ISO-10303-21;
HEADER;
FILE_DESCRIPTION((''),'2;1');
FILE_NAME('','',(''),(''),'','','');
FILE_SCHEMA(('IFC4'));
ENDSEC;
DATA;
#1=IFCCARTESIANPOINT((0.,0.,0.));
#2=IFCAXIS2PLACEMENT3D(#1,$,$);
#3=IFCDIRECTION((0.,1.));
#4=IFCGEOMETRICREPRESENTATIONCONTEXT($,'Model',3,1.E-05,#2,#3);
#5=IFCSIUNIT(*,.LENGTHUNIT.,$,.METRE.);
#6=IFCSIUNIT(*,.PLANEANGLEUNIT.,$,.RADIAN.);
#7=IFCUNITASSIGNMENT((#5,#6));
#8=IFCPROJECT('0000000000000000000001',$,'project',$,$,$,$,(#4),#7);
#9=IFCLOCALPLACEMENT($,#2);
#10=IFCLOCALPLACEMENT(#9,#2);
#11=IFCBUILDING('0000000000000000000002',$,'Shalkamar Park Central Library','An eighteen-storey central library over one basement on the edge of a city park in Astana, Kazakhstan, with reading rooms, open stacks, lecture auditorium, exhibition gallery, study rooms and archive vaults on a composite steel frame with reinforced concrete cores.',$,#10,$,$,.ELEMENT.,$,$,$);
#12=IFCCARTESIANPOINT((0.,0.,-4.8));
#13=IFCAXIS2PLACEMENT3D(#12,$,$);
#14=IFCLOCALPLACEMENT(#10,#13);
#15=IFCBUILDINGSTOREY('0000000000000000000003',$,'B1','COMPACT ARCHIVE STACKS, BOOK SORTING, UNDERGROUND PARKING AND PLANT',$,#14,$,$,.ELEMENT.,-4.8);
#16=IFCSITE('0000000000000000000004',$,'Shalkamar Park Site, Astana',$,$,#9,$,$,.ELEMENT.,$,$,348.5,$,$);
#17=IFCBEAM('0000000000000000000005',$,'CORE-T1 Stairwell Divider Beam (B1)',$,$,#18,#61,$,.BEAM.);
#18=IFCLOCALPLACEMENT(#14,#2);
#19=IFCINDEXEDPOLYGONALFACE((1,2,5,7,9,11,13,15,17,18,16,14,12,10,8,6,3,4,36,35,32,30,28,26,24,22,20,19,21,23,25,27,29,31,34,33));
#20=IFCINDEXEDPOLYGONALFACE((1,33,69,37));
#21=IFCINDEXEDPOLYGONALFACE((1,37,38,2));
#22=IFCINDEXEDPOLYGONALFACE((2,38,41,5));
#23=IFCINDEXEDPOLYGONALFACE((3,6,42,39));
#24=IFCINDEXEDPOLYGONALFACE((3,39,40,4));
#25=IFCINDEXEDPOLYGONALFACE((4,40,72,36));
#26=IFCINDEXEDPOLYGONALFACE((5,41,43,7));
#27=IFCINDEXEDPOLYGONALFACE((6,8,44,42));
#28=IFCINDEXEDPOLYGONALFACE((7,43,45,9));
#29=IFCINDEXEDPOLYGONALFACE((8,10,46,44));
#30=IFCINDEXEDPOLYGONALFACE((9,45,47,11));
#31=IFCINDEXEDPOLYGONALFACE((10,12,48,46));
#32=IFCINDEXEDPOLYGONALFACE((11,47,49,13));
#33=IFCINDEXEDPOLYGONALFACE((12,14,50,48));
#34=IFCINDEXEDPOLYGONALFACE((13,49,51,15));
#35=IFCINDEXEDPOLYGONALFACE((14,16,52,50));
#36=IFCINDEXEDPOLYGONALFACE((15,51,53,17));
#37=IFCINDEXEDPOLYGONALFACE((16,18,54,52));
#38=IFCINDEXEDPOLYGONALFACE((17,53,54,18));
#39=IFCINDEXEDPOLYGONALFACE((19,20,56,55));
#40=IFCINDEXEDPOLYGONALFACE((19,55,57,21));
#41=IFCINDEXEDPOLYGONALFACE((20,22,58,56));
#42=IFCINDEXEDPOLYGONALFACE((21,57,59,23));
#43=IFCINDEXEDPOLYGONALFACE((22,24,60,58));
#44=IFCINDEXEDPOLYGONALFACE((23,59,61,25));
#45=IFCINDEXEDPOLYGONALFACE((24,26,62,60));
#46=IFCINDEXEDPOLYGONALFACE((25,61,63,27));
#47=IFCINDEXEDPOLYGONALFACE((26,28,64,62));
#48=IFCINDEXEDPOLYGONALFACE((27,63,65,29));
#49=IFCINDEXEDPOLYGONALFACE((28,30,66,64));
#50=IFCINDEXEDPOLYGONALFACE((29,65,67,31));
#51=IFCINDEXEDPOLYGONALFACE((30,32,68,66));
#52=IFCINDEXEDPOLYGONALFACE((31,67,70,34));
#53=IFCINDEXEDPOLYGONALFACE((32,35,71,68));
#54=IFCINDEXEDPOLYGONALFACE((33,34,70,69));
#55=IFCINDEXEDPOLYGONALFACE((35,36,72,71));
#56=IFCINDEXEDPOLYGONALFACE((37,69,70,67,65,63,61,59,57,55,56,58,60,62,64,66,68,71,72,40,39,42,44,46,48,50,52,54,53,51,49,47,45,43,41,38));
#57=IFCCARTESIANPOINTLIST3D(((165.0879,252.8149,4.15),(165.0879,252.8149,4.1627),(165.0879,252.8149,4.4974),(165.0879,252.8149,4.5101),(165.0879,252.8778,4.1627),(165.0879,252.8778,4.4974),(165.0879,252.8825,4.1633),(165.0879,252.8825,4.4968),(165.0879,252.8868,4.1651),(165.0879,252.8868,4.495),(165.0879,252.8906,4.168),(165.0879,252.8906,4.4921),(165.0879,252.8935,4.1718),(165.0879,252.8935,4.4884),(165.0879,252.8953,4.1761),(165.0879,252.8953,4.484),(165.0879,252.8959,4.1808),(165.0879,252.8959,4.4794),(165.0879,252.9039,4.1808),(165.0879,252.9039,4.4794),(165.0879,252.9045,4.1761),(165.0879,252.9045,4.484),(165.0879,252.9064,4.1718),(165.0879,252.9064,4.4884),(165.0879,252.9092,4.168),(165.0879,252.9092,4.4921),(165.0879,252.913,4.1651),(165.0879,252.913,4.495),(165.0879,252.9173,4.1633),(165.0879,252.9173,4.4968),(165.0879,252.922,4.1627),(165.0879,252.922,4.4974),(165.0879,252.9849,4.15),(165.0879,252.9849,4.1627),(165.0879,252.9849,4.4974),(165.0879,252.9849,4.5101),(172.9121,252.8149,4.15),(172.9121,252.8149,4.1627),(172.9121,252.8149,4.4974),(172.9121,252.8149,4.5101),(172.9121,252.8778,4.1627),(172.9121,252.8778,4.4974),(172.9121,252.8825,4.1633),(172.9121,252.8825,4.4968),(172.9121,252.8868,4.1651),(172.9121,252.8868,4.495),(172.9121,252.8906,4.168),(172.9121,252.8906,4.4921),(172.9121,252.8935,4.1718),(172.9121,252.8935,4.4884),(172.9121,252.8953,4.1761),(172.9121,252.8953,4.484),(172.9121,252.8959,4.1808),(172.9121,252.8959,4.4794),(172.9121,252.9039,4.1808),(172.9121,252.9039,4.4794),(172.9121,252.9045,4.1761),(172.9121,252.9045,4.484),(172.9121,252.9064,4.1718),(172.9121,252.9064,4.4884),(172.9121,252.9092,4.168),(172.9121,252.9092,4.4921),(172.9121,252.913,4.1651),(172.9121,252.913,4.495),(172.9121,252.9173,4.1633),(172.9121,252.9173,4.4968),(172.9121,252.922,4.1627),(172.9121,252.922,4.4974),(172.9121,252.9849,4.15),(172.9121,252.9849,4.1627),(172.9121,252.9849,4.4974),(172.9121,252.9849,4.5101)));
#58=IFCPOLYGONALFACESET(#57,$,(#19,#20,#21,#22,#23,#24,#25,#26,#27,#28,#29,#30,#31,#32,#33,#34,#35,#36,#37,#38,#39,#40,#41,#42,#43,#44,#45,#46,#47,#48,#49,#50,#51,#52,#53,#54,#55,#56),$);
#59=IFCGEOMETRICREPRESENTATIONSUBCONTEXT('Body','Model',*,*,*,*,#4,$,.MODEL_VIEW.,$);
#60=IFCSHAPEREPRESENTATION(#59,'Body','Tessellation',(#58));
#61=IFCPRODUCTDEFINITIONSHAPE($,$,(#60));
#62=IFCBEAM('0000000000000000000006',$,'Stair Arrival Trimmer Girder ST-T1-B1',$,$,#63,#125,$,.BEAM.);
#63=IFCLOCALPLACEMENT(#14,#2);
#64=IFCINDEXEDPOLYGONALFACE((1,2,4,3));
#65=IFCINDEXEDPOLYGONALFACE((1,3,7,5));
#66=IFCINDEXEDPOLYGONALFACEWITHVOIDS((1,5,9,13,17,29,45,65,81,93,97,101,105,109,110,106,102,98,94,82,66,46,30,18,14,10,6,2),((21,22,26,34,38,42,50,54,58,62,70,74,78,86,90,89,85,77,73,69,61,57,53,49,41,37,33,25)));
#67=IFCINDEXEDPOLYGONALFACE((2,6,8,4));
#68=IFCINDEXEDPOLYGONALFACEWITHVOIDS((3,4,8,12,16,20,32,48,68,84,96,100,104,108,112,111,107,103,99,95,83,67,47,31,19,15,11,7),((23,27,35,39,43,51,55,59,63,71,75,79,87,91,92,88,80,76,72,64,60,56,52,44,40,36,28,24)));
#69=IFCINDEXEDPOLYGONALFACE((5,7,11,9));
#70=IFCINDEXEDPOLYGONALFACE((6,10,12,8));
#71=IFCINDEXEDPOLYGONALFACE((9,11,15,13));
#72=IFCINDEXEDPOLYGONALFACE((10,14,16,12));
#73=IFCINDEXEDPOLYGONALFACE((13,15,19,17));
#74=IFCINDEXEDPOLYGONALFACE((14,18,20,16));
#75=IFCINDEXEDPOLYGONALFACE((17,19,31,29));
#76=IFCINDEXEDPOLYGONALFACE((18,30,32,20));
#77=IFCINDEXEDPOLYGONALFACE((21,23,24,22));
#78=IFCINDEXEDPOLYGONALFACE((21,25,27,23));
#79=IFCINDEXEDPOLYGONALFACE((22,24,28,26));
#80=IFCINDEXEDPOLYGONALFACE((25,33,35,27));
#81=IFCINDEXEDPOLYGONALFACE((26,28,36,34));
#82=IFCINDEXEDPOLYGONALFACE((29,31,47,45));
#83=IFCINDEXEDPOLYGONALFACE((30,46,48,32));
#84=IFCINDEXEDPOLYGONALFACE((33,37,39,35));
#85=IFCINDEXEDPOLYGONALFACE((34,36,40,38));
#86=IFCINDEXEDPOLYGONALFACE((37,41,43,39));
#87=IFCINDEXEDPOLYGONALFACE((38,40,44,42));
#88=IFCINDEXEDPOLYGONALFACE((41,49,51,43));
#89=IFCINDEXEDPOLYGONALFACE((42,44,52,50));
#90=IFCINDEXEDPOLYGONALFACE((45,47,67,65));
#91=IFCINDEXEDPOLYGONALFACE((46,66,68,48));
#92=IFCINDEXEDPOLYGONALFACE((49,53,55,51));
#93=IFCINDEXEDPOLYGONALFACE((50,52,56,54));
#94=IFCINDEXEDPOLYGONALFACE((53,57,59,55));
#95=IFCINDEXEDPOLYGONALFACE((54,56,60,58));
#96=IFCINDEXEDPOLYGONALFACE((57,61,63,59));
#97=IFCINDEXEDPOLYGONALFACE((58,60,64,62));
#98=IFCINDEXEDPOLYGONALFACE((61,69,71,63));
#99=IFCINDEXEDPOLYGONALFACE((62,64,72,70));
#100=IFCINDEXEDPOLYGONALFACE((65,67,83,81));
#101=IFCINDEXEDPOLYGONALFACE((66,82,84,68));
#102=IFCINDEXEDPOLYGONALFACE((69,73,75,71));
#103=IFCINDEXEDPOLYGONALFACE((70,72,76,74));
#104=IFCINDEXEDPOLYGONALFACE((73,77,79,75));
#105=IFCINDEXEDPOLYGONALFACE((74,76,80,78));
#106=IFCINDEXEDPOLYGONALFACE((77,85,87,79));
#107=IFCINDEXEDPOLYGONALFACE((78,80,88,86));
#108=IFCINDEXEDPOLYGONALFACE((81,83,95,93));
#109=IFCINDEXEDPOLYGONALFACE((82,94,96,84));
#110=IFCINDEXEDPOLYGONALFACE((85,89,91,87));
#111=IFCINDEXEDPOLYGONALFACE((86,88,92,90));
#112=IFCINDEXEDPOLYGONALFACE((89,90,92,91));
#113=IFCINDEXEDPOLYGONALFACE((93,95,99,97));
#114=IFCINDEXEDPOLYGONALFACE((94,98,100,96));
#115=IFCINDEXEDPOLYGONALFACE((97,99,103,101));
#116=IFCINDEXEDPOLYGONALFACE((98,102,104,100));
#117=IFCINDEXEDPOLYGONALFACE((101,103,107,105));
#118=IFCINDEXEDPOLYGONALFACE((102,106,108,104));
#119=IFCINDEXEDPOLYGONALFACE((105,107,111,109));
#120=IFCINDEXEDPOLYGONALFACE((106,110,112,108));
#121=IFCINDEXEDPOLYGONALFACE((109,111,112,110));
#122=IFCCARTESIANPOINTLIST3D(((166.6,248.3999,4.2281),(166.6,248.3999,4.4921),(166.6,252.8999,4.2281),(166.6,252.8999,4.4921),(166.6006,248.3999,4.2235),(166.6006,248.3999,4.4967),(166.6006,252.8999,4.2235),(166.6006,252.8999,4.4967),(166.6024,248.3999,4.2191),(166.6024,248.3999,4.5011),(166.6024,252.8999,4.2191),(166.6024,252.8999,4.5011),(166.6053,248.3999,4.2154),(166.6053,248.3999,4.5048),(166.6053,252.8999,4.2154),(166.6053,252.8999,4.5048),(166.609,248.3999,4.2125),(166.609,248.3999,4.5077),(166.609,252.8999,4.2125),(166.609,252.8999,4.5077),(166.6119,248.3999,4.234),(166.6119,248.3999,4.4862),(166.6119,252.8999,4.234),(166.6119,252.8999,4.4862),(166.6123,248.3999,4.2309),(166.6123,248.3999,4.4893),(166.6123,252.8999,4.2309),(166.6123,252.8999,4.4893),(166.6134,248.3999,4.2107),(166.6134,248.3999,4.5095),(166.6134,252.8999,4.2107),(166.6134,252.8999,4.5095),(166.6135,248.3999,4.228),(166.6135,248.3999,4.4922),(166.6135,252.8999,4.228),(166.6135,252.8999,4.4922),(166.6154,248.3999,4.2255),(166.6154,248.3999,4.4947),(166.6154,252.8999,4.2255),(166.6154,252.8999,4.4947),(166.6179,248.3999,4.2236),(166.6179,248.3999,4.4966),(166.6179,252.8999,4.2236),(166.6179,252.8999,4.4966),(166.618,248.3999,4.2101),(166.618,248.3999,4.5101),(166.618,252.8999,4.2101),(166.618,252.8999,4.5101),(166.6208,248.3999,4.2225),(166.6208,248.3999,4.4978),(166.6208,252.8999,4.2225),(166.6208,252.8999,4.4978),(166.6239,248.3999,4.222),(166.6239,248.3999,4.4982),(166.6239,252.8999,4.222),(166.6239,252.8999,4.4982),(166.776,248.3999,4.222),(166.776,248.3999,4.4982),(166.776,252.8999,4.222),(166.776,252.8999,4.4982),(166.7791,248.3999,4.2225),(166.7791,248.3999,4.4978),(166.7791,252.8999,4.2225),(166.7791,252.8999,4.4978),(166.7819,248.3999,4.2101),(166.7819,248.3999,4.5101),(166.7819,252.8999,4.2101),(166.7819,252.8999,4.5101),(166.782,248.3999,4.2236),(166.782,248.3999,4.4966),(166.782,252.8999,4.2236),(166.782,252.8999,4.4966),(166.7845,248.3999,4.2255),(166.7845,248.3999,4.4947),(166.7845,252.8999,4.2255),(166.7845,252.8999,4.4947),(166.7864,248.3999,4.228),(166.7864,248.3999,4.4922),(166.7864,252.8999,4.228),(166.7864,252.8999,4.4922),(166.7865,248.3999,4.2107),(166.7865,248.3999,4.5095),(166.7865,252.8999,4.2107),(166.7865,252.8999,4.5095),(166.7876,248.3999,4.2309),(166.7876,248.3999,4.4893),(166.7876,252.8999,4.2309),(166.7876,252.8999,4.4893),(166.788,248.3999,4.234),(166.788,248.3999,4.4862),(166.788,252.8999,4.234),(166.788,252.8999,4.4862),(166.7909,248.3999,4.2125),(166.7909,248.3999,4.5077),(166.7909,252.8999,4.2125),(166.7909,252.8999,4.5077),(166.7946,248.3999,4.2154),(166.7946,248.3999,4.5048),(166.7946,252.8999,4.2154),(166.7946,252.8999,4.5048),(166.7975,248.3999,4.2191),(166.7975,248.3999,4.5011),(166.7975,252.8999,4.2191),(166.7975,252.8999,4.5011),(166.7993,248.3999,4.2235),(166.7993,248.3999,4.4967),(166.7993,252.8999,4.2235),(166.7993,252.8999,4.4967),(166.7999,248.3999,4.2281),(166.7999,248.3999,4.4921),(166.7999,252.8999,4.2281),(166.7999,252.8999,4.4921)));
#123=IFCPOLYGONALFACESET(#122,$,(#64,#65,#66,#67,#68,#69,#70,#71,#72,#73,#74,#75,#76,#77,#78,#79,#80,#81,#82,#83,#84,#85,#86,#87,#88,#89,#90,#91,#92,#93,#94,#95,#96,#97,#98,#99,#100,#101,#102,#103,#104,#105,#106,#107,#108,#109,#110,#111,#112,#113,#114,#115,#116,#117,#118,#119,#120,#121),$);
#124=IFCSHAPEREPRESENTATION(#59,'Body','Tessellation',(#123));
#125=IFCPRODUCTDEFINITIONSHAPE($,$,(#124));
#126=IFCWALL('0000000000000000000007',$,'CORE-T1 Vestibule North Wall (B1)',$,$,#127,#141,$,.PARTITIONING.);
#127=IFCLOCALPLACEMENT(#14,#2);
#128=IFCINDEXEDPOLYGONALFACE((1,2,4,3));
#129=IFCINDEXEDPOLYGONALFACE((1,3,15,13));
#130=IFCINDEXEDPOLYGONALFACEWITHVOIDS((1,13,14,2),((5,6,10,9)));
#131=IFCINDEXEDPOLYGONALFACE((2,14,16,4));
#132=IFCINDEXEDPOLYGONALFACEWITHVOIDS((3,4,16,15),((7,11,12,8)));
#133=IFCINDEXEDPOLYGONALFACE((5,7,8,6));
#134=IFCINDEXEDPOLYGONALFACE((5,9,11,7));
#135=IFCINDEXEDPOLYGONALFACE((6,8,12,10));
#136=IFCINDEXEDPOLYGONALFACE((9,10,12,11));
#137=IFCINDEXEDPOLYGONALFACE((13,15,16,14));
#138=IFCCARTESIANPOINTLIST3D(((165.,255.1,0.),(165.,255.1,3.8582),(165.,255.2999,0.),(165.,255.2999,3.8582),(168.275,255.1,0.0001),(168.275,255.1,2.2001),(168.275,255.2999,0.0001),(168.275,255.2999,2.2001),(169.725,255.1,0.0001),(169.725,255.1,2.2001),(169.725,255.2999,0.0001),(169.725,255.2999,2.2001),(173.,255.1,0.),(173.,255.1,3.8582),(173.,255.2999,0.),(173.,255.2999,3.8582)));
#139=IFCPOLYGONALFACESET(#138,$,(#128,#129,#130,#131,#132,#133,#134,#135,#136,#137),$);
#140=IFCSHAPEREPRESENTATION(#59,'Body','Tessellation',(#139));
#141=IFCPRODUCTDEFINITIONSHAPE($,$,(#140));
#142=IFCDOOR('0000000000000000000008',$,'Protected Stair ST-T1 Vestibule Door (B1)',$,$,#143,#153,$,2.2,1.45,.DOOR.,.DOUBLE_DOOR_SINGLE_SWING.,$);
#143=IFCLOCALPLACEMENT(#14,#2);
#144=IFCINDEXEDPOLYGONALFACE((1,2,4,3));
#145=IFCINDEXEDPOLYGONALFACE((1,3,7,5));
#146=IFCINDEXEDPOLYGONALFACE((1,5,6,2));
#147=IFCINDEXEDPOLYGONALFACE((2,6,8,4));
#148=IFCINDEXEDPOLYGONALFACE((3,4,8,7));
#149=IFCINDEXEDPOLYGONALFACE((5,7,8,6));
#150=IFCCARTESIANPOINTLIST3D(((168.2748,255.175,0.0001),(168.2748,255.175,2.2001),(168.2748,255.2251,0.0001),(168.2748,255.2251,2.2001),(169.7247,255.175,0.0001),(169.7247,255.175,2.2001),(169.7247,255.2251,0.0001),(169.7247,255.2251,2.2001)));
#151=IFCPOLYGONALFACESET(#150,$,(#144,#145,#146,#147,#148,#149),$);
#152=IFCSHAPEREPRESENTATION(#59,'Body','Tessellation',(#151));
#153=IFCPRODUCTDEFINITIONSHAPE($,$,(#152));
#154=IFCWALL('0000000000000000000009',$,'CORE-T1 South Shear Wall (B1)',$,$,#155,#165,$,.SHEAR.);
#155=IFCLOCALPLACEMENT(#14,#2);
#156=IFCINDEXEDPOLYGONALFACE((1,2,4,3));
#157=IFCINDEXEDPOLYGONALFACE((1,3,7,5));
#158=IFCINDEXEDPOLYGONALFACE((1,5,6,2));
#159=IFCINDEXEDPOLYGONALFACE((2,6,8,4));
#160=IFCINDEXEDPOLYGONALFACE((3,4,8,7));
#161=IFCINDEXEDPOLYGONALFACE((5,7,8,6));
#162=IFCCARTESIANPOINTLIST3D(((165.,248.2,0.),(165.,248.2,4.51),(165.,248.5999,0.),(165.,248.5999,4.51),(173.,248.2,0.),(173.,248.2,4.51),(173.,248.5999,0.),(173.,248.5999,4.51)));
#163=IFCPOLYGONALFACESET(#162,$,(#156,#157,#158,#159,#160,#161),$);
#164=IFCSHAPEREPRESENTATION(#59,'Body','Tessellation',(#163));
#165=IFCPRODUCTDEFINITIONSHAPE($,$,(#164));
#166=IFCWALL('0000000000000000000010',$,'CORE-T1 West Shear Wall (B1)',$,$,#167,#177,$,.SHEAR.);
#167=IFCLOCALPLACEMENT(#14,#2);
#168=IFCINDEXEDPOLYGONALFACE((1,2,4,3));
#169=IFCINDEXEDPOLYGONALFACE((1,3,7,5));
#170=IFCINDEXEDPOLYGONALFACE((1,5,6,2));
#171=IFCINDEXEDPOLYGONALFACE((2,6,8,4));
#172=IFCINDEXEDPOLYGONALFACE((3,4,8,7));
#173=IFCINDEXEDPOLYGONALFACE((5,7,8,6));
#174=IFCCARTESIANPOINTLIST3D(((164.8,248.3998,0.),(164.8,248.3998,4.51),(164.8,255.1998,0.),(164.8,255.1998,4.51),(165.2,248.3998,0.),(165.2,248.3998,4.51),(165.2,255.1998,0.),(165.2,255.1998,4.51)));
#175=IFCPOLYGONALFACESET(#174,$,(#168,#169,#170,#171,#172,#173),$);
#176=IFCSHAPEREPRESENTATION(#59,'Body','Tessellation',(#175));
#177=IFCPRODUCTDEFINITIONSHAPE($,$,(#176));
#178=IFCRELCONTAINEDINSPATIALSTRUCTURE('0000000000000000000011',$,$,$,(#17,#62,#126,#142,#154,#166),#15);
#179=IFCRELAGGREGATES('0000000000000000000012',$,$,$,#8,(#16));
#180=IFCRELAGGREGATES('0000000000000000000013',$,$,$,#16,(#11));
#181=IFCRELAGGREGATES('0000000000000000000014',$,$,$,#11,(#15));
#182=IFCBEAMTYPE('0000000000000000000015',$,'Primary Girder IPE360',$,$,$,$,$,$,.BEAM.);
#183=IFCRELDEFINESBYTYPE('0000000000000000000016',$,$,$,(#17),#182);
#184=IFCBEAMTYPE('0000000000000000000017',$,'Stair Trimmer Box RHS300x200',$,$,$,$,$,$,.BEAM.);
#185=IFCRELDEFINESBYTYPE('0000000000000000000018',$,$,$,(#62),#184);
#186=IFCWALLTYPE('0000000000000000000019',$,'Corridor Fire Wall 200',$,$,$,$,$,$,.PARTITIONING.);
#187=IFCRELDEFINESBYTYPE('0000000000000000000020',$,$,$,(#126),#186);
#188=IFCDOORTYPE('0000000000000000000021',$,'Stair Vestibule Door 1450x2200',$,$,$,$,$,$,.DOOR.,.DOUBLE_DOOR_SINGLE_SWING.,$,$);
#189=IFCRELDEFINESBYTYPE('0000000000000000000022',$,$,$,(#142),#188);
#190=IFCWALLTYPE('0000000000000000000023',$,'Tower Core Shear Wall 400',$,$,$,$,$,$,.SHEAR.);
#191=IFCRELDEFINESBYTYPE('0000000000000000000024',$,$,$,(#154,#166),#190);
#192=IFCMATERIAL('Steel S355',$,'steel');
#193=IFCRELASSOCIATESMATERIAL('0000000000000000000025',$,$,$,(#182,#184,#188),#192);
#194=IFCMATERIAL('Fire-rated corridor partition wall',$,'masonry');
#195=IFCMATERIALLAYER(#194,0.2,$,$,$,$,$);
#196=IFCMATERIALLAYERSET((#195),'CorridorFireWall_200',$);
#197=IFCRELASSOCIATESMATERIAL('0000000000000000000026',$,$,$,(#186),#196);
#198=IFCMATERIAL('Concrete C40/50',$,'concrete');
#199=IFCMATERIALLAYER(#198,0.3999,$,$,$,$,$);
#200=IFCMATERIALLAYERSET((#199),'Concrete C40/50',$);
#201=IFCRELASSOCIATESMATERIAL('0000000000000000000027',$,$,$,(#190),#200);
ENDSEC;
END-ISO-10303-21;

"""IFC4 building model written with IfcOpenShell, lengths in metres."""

from ifc_helpers import new_model, si_unit, direction, frame, frame_2d, origin, origin_2d, place, context, subcontext, project, spatial, rectangle, hollow_rectangle, i_section, extrude, material, layer, layer_set, material_profile, profile_set, type_object, element, fill, save


model = new_model("IFC4")

# Units and contexts
model_context = context("Model", 3, precision=1e-05, world=origin(), true_north=direction((0.0, 1.0)))
body_context = subcontext(model_context, "Body", "Model", "MODEL_VIEW")
ifc_project = project(units=[si_unit("LENGTHUNIT", "METRE"), si_unit("PLANEANGLEUNIT", "RADIAN")], contexts=[model_context])

# Site, building, storey
site_placement = place(None, origin())
site = spatial("IfcSite", under=ifc_project, at=site_placement, Name="Shalkamar Park Site, Astana", CompositionType="ELEMENT", RefElevation=348.5)
building_placement = place(site_placement, origin())
building = spatial("IfcBuilding", under=site, at=building_placement, Name="Shalkamar Park Central Library", Description="An eighteen-storey central library over one basement on the edge of a city park in Astana, Kazakhstan, with reading rooms, open stacks, lecture auditorium, exhibition gallery, study rooms and archive vaults on a composite steel frame with reinforced concrete cores.", CompositionType="ELEMENT")
storey_placement = place(building_placement, frame((0.0, 0.0, -4.8)))
storey = spatial("IfcBuildingStorey", under=building, at=storey_placement, Name="B1", Description="COMPACT ARCHIVE STACKS, BOOK SORTING, UNDERGROUND PARKING AND PLANT", CompositionType="ELEMENT", Elevation=-4.8)

# Shared definitions
ifc_material_1 = material(Name="Steel S355", Category="steel")

# Beams
ifc_material_profile_1 = material_profile(ifc_material_1, i_section(OverallWidth=0.1699, OverallDepth=0.3601, WebThickness=0.0081, FlangeThickness=0.0127, FilletRadius=0.0181, at=origin_2d()), Name="IPE 360")
ifc_profile_set_1 = profile_set([ifc_material_profile_1], Name="Steel S355")
beam_type_1 = type_object("IfcBeamType", Name="Primary Girder IPE360", PredefinedType="BEAM", material=ifc_profile_set_1)
beam_1_placement = place(storey_placement, frame((165.0879, 252.8999, 4.3301), z_axis=(1.0, 0.0, 0.0), x_axis=(0.0, 1.0, 0.0)))
element("IfcBeam", 1, at=beam_1_placement, inside=storey, type_object=beam_type_1, Name="CORE-T1 Stairwell Divider Beam (B1)", PredefinedType="BEAM", context=body_context, shape_type="SweptSolid", body=[
    extrude(i_section(OverallWidth=0.1699, OverallDepth=0.3601, WebThickness=0.0081, FlangeThickness=0.0127, FilletRadius=0.0181, at=origin_2d()), origin(), (0.0, 0.0, 1.0), 7.8242),
])
ifc_material_profile_2 = material_profile(ifc_material_1, hollow_rectangle(XDim=0.2, YDim=0.3, WallThickness=0.012, InnerFilletRadius=0.012, OuterFilletRadius=0.0181, at=origin_2d()), Name="RHS 300x200x12")
ifc_profile_set_2 = profile_set([ifc_material_profile_2], Name="Steel S355")
beam_type_2 = type_object("IfcBeamType", Name="Stair Trimmer Box RHS300x200", PredefinedType="BEAM", material=ifc_profile_set_2)
beam_2_placement = place(storey_placement, frame((166.7, 248.3999, 4.3601), z_axis=(0.0, 1.0, 0.0), x_axis=(-1.0, 0.0, 0.0)))
element("IfcBeam", 2, at=beam_2_placement, inside=storey, type_object=beam_type_2, Name="Stair Arrival Trimmer Girder ST-T1-B1", PredefinedType="BEAM", context=body_context, shape_type="SweptSolid", body=[
    extrude(hollow_rectangle(XDim=0.2, YDim=0.3, WallThickness=0.012, InnerFilletRadius=0.012, OuterFilletRadius=0.0181, at=origin_2d()), origin(), (0.0, 0.0, 1.0), 4.5),
])

# Wall, opening, door
ifc_material_2 = material(Name="Fire-rated corridor partition wall", Category="masonry")
ifc_layer_1 = layer(ifc_material_2, 0.2)
ifc_layer_set_1 = layer_set([ifc_layer_1], Name="CorridorFireWall_200")
wall_type_1 = type_object("IfcWallType", Name="Corridor Fire Wall 200", PredefinedType="PARTITIONING", material=ifc_layer_set_1)
wall_1_placement = place(storey_placement, frame((165.0, 255.2, 0.0), z_axis=(0.0, 0.0, 1.0), x_axis=(1.0, 0.0, 0.0)))
wall_1 = element("IfcWall", 3, at=wall_1_placement, inside=storey, type_object=wall_type_1, Name="CORE-T1 Vestibule North Wall (B1)", PredefinedType="PARTITIONING", context=body_context, shape_type="SweptSolid", body=[
    extrude(rectangle(XDim=8.0, YDim=0.2, at=frame_2d((4.0, 0.0))), origin(), (0.0, 0.0, 1.0), 3.8582),
])
opening_1_placement = place(wall_1_placement, frame((3.2749, 0.0, 0.0)))
opening_1 = element("IfcOpeningElement", 4, at=opening_1_placement, cuts=wall_1, PredefinedType="OPENING", context=body_context, shape_type="SweptSolid", body=[
    extrude(rectangle(XDim=1.45, YDim=2.2, at=frame_2d((0.7251, 1.1001))), frame((0.0, 0.1147, 0.0), z_axis=(0.0, -1.0, 0.0), x_axis=(1.0, 0.0, 0.0)), (0.0, 0.0, 1.0), 0.2297),
])
door_type_1 = type_object("IfcDoorType", Name="Stair Vestibule Door 1450x2200", OperationType="DOUBLE_DOOR_SINGLE_SWING", PredefinedType="DOOR", material=ifc_material_1)
door_1_placement = place(opening_1_placement, frame((1.45, 0.0, 0.0), z_axis=(0.0, 0.0, 1.0), x_axis=(-1.0, 0.0, 0.0)))
door_1 = element("IfcDoor", 5, at=door_1_placement, inside=storey, type_object=door_type_1, Name="Protected Stair ST-T1 Vestibule Door (B1)", OperationType="DOUBLE_DOOR_SINGLE_SWING", OverallHeight=2.2, OverallWidth=1.45, PredefinedType="DOOR", context=body_context, shape_type="SweptSolid", body=[
    extrude(rectangle(XDim=1.45, YDim=2.2, at=frame_2d((0.7251, 1.1001))), frame((0.0, 0.0249, 0.0), z_axis=(0.0, -1.0, 0.0), x_axis=(1.0, 0.0, 0.0)), (0.0, 0.0, 1.0), 0.05),
])
fill(opening_1, door_1)

# Walls
ifc_material_3 = material(Name="Concrete C40/50", Category="concrete")
ifc_layer_2 = layer(ifc_material_3, 0.3999)
ifc_layer_set_2 = layer_set([ifc_layer_2], Name="Concrete C40/50")
wall_type_2 = type_object("IfcWallType", Name="Tower Core Shear Wall 400", PredefinedType="SHEAR", material=ifc_layer_set_2)
wall_2_placement = place(storey_placement, frame((165.0, 248.3999, 0.0), z_axis=(0.0, 0.0, 1.0), x_axis=(1.0, 0.0, 0.0)))
element("IfcWall", 6, at=wall_2_placement, inside=storey, type_object=wall_type_2, Name="CORE-T1 South Shear Wall (B1)", PredefinedType="SHEAR", context=body_context, shape_type="SweptSolid", body=[
    extrude(rectangle(XDim=8.0, YDim=0.3999, at=frame_2d((4.0, 0.0))), origin(), (0.0, 0.0, 1.0), 4.51),
])
wall_3_placement = place(storey_placement, frame((165.0, 248.3999, 0.0), z_axis=(0.0, 0.0, 1.0), x_axis=(0.0, 1.0, 0.0)))
element("IfcWall", 7, at=wall_3_placement, inside=storey, type_object=wall_type_2, Name="CORE-T1 West Shear Wall (B1)", PredefinedType="SHEAR", context=body_context, shape_type="SweptSolid", body=[
    extrude(rectangle(XDim=6.8, YDim=0.3999, at=frame_2d((3.3999, 0.0))), origin(), (0.0, 0.0, 1.0), 4.51),
])

save(model, "model.ifc")
